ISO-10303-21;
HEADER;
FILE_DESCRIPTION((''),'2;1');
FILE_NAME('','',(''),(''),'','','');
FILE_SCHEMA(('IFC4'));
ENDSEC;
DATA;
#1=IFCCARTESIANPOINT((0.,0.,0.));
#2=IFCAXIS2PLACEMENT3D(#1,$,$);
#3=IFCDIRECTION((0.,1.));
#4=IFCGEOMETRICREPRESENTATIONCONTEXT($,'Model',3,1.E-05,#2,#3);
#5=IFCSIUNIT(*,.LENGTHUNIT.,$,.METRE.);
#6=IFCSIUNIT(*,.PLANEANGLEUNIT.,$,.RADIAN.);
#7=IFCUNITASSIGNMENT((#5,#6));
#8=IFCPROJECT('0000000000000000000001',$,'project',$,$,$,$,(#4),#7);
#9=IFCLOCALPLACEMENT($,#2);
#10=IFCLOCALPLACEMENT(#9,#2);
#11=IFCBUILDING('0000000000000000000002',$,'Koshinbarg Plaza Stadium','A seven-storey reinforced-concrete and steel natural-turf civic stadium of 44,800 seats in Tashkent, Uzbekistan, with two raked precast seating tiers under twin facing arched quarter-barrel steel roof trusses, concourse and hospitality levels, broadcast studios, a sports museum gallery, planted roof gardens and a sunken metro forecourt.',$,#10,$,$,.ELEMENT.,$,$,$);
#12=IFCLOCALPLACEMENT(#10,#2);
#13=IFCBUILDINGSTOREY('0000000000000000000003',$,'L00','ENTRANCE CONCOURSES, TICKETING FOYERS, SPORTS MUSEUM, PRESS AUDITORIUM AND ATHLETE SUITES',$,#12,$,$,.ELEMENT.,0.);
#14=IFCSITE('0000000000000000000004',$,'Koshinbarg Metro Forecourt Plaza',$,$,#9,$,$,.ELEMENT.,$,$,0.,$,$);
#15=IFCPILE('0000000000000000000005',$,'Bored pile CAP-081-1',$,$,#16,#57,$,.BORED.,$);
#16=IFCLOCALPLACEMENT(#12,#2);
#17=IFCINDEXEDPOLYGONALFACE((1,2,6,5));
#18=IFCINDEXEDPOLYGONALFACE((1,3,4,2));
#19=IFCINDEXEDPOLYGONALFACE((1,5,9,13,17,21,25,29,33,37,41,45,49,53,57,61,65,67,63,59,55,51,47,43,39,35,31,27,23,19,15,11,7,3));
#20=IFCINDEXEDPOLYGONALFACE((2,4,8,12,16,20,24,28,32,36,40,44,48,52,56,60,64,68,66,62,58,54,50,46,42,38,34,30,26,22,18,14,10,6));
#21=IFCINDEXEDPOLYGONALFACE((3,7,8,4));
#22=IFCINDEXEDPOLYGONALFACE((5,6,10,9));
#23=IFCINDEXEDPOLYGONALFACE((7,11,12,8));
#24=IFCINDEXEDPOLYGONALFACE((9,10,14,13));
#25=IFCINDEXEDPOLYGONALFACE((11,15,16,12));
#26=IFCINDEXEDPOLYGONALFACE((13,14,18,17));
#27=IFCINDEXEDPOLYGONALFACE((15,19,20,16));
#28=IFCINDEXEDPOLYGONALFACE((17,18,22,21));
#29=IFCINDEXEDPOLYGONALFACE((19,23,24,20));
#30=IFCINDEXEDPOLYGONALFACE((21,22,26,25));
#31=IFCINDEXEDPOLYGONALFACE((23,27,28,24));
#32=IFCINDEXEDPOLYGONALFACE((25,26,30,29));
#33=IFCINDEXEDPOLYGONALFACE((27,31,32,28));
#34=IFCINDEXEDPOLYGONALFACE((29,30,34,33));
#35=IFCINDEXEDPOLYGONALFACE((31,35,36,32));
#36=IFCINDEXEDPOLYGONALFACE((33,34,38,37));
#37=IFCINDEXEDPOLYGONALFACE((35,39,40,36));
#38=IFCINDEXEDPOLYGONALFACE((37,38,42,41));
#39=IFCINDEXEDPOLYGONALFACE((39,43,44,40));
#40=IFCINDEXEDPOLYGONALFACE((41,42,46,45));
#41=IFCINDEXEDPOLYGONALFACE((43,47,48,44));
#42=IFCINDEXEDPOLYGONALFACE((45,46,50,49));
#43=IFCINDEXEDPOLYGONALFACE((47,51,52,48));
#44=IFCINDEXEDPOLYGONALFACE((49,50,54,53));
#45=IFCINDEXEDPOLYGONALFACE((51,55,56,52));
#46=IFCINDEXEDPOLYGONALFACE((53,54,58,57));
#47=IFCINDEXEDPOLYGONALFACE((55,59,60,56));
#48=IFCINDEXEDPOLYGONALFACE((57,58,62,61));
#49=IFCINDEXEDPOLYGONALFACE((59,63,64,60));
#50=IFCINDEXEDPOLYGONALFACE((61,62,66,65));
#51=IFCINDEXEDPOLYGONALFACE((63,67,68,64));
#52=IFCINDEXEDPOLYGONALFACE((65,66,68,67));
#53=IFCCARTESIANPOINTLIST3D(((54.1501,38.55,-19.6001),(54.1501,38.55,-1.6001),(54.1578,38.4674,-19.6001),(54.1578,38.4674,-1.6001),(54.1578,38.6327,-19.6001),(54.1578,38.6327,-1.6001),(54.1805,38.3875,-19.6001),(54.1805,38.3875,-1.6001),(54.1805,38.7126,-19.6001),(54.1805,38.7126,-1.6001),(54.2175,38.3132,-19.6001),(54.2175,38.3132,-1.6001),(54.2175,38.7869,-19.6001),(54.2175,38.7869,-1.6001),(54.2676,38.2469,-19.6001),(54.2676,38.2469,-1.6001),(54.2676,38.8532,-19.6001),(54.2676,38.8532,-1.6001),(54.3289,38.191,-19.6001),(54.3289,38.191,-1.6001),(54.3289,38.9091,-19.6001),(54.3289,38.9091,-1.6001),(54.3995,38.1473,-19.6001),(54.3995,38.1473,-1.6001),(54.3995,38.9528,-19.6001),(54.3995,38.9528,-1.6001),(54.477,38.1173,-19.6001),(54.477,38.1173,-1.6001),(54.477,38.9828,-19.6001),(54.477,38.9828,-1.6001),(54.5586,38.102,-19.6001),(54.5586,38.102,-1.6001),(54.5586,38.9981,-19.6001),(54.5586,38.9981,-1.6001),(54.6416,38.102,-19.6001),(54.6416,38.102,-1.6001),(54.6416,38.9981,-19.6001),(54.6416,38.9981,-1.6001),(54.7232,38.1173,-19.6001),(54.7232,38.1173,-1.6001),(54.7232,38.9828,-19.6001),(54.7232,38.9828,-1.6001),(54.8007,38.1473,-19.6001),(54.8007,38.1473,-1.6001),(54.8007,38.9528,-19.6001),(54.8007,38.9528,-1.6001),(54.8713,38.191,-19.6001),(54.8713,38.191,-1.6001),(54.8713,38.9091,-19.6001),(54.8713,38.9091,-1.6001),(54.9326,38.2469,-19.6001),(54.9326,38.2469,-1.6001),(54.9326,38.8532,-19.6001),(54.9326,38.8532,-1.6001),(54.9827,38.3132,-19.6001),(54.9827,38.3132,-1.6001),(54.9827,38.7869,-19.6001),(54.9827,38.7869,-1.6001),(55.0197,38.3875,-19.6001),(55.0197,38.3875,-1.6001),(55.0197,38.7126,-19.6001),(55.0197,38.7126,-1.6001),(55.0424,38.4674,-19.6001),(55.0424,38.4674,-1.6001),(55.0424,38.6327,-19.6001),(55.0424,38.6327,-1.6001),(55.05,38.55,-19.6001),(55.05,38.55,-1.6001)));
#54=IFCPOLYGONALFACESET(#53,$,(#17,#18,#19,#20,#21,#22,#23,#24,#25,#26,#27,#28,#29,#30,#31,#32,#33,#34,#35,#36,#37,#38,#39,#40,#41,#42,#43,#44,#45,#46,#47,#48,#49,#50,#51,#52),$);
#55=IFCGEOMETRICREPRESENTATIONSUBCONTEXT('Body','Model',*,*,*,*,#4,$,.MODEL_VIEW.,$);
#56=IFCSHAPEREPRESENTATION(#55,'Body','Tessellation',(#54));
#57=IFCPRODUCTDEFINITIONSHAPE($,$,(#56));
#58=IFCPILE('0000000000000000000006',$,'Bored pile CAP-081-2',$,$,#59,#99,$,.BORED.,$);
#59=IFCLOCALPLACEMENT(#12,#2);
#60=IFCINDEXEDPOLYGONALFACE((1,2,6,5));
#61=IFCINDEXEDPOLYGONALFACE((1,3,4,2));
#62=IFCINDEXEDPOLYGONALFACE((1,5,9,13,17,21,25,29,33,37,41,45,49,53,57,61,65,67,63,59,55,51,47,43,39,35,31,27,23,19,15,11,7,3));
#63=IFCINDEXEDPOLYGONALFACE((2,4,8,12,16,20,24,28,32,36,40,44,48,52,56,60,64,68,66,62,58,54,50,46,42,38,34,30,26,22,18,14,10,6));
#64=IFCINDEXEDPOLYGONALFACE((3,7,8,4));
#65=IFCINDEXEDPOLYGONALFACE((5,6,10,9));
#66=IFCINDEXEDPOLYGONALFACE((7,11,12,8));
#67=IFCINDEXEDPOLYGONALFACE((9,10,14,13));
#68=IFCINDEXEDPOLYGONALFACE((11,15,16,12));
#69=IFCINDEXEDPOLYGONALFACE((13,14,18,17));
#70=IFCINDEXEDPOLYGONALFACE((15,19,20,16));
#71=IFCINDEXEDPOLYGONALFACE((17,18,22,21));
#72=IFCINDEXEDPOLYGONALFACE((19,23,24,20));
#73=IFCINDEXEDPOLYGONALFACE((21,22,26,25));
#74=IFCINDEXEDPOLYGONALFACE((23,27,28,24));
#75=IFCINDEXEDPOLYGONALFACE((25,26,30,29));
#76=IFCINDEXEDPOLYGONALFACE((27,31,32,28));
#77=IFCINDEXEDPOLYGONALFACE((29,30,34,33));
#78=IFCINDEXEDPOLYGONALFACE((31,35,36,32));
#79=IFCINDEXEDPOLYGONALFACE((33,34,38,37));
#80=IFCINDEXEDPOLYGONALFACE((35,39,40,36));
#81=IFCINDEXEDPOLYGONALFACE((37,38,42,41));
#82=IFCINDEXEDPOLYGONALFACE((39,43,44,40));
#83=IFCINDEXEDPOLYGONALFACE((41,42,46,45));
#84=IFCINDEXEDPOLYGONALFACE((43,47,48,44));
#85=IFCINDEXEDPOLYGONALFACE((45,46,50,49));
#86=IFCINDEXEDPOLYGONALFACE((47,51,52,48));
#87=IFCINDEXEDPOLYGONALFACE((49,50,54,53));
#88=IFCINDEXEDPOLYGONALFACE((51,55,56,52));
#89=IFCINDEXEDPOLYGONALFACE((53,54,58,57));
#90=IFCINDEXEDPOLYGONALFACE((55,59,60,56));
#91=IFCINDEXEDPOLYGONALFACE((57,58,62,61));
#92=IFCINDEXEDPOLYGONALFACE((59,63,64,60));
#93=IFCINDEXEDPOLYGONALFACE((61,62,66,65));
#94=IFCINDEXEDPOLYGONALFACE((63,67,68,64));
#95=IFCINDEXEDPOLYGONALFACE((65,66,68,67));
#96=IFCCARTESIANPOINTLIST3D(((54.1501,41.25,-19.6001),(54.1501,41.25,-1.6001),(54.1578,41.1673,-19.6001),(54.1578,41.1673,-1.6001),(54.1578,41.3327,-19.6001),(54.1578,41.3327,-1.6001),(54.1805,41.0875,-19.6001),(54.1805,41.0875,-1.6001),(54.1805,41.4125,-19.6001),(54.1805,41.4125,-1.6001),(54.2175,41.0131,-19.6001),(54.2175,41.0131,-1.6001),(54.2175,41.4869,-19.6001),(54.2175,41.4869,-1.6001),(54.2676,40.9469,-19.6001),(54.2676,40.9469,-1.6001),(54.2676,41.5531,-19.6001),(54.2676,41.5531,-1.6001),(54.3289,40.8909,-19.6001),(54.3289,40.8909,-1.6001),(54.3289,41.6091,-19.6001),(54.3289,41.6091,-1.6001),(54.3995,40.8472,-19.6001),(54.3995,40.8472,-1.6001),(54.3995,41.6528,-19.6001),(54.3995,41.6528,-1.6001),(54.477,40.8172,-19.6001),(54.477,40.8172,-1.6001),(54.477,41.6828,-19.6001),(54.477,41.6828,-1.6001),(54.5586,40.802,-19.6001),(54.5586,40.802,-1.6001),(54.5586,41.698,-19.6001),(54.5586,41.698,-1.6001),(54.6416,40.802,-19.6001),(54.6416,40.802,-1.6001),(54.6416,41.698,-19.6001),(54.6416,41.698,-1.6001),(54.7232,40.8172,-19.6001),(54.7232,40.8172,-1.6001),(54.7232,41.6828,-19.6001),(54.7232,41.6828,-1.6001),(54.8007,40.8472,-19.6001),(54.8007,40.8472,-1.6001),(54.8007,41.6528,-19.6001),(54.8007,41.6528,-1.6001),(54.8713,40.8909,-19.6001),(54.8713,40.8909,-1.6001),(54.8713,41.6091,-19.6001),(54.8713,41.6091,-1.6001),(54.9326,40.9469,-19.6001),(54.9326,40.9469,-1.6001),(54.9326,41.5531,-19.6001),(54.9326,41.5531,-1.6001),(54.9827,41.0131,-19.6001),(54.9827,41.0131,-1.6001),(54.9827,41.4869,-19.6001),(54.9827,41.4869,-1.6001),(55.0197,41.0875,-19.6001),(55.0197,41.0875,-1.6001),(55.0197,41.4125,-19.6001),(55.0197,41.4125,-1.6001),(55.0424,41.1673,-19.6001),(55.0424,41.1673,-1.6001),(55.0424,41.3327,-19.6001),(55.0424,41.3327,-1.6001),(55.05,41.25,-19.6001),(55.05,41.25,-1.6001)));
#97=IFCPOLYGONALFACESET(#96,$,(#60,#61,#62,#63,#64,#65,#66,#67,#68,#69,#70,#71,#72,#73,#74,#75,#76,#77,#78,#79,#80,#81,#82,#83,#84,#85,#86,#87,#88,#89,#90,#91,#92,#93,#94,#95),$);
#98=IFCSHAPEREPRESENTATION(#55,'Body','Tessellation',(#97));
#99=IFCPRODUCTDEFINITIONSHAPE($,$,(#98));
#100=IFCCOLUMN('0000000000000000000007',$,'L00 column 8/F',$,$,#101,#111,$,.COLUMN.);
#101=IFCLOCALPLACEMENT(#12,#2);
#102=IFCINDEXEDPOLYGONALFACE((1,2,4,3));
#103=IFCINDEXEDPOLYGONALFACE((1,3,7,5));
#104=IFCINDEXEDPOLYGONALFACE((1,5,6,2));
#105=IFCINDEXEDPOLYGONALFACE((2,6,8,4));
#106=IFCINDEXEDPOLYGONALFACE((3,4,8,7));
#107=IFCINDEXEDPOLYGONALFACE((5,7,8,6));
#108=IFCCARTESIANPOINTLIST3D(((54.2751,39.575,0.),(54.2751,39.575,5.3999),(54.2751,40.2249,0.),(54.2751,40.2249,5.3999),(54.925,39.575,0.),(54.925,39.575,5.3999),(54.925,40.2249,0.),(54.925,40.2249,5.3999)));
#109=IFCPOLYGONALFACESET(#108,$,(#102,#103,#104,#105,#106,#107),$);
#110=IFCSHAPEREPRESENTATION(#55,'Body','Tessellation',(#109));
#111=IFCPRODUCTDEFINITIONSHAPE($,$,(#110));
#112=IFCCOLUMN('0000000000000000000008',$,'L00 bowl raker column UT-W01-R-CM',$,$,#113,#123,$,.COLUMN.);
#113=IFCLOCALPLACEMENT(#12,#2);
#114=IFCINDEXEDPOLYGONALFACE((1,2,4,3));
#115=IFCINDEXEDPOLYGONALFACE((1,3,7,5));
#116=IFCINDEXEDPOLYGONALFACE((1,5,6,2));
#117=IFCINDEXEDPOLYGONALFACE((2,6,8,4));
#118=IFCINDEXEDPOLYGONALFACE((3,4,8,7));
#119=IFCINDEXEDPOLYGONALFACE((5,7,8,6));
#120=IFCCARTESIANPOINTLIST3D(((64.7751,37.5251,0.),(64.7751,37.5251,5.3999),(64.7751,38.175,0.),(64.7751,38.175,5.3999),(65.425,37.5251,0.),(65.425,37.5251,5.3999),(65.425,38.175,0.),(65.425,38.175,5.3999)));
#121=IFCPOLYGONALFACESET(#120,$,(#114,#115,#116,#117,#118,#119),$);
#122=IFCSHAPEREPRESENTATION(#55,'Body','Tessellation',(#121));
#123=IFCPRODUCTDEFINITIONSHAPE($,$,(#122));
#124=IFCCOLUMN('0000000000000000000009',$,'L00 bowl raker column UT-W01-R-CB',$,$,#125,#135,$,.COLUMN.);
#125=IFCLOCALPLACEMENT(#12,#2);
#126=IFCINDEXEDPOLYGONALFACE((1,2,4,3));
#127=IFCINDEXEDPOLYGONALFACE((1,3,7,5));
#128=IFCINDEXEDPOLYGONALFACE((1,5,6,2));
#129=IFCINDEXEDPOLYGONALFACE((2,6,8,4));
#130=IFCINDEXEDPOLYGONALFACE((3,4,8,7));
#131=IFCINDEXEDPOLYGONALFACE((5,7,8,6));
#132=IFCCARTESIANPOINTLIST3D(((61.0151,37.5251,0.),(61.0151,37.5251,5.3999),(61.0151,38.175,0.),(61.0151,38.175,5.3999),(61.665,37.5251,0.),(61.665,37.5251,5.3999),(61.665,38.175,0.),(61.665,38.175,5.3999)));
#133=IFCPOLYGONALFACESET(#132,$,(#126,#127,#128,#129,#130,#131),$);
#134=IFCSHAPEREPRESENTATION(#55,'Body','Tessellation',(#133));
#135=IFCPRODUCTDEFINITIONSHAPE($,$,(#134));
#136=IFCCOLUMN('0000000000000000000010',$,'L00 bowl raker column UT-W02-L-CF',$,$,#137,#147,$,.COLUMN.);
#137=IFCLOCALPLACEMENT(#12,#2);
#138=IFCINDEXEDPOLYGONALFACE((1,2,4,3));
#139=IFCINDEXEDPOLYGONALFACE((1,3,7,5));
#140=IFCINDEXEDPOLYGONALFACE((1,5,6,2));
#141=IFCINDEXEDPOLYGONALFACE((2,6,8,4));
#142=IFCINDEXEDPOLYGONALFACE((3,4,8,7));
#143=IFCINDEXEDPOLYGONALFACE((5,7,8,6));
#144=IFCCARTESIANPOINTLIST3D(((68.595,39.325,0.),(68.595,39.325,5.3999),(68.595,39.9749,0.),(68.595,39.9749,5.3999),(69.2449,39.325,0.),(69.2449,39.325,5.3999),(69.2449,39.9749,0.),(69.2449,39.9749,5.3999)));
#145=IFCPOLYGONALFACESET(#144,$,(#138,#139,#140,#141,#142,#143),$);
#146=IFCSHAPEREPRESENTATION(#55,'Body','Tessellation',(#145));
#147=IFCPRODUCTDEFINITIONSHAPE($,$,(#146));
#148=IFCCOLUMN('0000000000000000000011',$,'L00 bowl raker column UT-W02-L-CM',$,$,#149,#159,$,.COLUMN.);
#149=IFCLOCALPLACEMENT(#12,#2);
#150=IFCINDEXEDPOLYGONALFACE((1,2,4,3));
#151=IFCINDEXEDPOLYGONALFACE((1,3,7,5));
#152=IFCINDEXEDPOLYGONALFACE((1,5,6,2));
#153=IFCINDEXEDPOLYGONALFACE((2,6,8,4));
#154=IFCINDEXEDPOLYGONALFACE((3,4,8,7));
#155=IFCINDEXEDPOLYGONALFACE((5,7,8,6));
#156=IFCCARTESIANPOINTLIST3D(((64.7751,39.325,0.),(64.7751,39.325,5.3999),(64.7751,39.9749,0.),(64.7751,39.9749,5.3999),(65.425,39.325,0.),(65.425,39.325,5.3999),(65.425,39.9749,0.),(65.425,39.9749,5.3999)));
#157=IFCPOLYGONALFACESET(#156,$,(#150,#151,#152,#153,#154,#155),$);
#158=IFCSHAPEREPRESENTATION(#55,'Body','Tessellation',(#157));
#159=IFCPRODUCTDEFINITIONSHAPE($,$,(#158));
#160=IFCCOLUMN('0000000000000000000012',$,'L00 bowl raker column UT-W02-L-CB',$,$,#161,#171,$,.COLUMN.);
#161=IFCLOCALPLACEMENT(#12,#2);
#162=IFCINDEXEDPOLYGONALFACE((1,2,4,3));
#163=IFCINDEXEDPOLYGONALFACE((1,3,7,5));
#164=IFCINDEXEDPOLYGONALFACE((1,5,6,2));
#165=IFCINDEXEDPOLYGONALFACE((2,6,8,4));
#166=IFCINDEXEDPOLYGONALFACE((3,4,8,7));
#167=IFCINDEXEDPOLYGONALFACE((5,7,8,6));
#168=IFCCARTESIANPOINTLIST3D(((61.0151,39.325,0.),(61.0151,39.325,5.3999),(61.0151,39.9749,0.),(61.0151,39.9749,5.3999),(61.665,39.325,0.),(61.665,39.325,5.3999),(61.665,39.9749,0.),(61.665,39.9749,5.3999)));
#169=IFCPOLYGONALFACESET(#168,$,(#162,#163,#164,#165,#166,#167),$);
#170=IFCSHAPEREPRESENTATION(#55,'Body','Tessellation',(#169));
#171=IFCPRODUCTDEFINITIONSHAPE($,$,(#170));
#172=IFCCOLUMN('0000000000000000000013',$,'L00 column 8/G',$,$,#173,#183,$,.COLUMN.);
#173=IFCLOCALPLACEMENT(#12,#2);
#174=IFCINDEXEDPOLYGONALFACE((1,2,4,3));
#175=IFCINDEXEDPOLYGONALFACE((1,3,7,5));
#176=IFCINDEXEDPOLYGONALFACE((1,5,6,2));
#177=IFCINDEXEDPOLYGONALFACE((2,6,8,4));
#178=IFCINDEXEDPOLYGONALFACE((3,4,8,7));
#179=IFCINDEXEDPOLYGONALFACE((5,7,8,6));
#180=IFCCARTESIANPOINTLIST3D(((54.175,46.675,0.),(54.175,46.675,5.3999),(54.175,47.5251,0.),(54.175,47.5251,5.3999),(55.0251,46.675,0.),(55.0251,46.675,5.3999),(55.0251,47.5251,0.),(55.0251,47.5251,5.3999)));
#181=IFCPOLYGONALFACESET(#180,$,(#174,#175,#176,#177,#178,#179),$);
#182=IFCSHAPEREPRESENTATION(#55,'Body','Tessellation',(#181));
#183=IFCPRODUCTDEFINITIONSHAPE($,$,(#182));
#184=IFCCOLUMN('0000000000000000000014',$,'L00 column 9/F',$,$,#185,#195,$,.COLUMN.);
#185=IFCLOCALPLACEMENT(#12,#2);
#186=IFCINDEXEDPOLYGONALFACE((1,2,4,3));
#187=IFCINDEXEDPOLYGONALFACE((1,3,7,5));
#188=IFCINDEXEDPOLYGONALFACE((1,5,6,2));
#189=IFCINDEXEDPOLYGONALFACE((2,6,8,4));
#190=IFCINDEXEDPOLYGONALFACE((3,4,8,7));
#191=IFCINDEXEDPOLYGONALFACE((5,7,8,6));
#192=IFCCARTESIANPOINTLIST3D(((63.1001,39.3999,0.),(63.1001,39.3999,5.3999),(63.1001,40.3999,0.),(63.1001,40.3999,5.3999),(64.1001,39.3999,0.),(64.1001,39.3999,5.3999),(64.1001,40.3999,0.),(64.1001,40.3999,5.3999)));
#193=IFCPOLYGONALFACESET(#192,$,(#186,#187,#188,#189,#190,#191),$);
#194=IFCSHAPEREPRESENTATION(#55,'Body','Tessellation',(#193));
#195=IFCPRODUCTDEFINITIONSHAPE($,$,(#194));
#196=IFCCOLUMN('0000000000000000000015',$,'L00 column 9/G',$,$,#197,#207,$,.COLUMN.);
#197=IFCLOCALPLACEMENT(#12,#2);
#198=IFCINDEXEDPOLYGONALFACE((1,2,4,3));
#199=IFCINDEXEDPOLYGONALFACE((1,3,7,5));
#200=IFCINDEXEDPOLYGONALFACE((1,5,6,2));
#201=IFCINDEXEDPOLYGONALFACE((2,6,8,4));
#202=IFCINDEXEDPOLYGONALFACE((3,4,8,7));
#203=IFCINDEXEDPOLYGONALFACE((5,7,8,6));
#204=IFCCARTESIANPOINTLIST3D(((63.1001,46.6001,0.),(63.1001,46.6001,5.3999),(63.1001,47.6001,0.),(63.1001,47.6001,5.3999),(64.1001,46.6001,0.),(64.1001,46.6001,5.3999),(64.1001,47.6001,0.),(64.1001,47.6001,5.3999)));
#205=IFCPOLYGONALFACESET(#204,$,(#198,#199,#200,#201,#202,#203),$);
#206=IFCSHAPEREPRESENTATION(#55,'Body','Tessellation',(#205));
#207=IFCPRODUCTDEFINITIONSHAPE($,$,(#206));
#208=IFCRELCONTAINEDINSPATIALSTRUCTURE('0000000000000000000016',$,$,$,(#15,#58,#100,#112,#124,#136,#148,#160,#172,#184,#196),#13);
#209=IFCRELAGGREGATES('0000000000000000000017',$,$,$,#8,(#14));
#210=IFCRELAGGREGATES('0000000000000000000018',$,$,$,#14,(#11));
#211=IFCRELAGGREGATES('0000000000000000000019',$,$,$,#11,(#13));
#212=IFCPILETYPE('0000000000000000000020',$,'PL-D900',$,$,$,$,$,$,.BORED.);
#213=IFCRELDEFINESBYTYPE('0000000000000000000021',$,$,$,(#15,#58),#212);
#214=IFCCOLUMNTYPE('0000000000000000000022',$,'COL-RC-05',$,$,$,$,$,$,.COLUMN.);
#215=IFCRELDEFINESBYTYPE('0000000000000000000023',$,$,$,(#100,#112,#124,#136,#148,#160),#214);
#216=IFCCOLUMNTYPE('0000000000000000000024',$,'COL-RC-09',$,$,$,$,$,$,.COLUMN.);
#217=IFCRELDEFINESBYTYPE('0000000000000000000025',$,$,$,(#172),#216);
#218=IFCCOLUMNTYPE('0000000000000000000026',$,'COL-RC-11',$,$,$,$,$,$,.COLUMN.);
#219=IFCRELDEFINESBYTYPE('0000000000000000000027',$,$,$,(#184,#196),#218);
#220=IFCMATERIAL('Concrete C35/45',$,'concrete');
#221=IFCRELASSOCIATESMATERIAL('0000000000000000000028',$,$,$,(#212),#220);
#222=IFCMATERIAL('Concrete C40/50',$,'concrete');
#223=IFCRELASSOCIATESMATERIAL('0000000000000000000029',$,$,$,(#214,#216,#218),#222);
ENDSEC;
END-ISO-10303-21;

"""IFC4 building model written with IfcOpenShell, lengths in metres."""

from ifc_helpers import new_model, si_unit, direction, frame, origin, origin_2d, place, context, subcontext, project, spatial, rectangle, circle, extrude, material, material_profile, profile_set, type_object, element, save


model = new_model("IFC4")

# Units and contexts
model_context = context("Model", 3, precision=1e-05, world=origin(), true_north=direction((0.0, 1.0)))
body_context = subcontext(model_context, "Body", "Model", "MODEL_VIEW")
ifc_project = project(units=[si_unit("LENGTHUNIT", "METRE"), si_unit("PLANEANGLEUNIT", "RADIAN")], contexts=[model_context])

# Site, building, storey
site_placement = place(None, origin())
site = spatial("IfcSite", under=ifc_project, at=site_placement, Name="Koshinbarg Metro Forecourt Plaza", CompositionType="ELEMENT", RefElevation=0.0)
building_placement = place(site_placement, origin())
building = spatial("IfcBuilding", under=site, at=building_placement, Name="Koshinbarg Plaza Stadium", Description="A seven-storey reinforced-concrete and steel natural-turf civic stadium of 44,800 seats in Tashkent, Uzbekistan, with two raked precast seating tiers under twin facing arched quarter-barrel steel roof trusses, concourse and hospitality levels, broadcast studios, a sports museum gallery, planted roof gardens and a sunken metro forecourt.", CompositionType="ELEMENT")
storey_placement = place(building_placement, origin())
storey = spatial("IfcBuildingStorey", under=building, at=storey_placement, Name="L00", Description="ENTRANCE CONCOURSES, TICKETING FOYERS, SPORTS MUSEUM, PRESS AUDITORIUM AND ATHLETE SUITES", CompositionType="ELEMENT", Elevation=0.0)

# Shared definitions
ifc_material_1 = material(Name="Concrete C35/45", Category="concrete")

# Piles
ifc_material_profile_1 = material_profile(ifc_material_1, circle(Radius=0.45, at=origin_2d()), Name="PILE D900")
ifc_profile_set_1 = profile_set([ifc_material_profile_1], Name="Concrete C35/45")
pile_type_1 = type_object("IfcPileType", Name="PL-D900", PredefinedType="BORED", material=ifc_profile_set_1)
for number, where, z_axis, x_axis, name in (
    (1, (54.6001, 38.55, -1.6001), (0.0, 0.0, -1.0), (1.0, 0.0, 0.0), "Bored pile CAP-081-1"),
    (2, (54.6001, 41.25, -1.6001), (0.0, 0.0, -1.0), (1.0, 0.0, 0.0), "Bored pile CAP-081-2"),
):
    element("IfcPile", number, at=place(storey_placement, frame(where, z_axis=z_axis, x_axis=x_axis)), inside=storey, type_object=pile_type_1, Name=name, PredefinedType="BORED", context=body_context, shape_type="SweptSolid", body=[
        extrude(circle(Radius=0.45, at=origin_2d()), origin(), (0.0, 0.0, 1.0), 18.0),
    ])

# Columns
ifc_material_2 = material(Name="Concrete C40/50", Category="concrete")
ifc_material_profile_2 = material_profile(ifc_material_2, rectangle(XDim=0.6499, YDim=0.6499, at=origin_2d()), Name="RC 650x650")
ifc_profile_set_2 = profile_set([ifc_material_profile_2], Name="Concrete C40/50")
column_type_1 = type_object("IfcColumnType", Name="COL-RC-05", PredefinedType="COLUMN", material=ifc_profile_set_2)
for number, where, z_axis, x_axis, name in (
    (3, (54.6001, 39.8999, 0.0), (0.0, 0.0, 1.0), (1.0, 0.0, 0.0), "L00 column 8/F"),
    (4, (65.1001, 37.8501, 0.0), (0.0, 0.0, 1.0), (1.0, 0.0, 0.0), "L00 bowl raker column UT-W01-R-CM"),
    (5, (61.3401, 37.8501, 0.0), (0.0, 0.0, 1.0), (1.0, 0.0, 0.0), "L00 bowl raker column UT-W01-R-CB"),
    (6, (68.9199, 39.6499, 0.0), (0.0, 0.0, 1.0), (1.0, 0.0, 0.0), "L00 bowl raker column UT-W02-L-CF"),
    (7, (65.1001, 39.6499, 0.0), (0.0, 0.0, 1.0), (1.0, 0.0, 0.0), "L00 bowl raker column UT-W02-L-CM"),
    (8, (61.3401, 39.6499, 0.0), (0.0, 0.0, 1.0), (1.0, 0.0, 0.0), "L00 bowl raker column UT-W02-L-CB"),
):
    element("IfcColumn", number, at=place(storey_placement, frame(where, z_axis=z_axis, x_axis=x_axis)), inside=storey, type_object=column_type_1, Name=name, PredefinedType="COLUMN", context=body_context, shape_type="SweptSolid", body=[
        extrude(rectangle(XDim=0.6499, YDim=0.6499, at=origin_2d()), origin(), (0.0, 0.0, 1.0), 5.3999),
    ])
ifc_material_profile_3 = material_profile(ifc_material_2, rectangle(XDim=0.8501, YDim=0.8501, at=origin_2d()), Name="RC 850x850")
ifc_profile_set_3 = profile_set([ifc_material_profile_3], Name="Concrete C40/50")
column_type_2 = type_object("IfcColumnType", Name="COL-RC-09", PredefinedType="COLUMN", material=ifc_profile_set_3)
column_placement = place(storey_placement, frame((54.6001, 47.1001, 0.0), z_axis=(0.0, 0.0, 1.0), x_axis=(1.0, 0.0, 0.0)))
element("IfcColumn", 9, at=column_placement, inside=storey, type_object=column_type_2, Name="L00 column 8/G", PredefinedType="COLUMN", context=body_context, shape_type="SweptSolid", body=[
    extrude(rectangle(XDim=0.8501, YDim=0.8501, at=origin_2d()), origin(), (0.0, 0.0, 1.0), 5.3999),
])
ifc_material_profile_4 = material_profile(ifc_material_2, rectangle(XDim=1.0, YDim=1.0, at=origin_2d()), Name="RC 1000x1000")
ifc_profile_set_4 = profile_set([ifc_material_profile_4], Name="Concrete C40/50")
column_type_3 = type_object("IfcColumnType", Name="COL-RC-11", PredefinedType="COLUMN", material=ifc_profile_set_4)
for number, where, z_axis, x_axis, name in (
    (10, (63.6001, 39.8999, 0.0), (0.0, 0.0, 1.0), (1.0, 0.0, 0.0), "L00 column 9/F"),
    (11, (63.6001, 47.1001, 0.0), (0.0, 0.0, 1.0), (1.0, 0.0, 0.0), "L00 column 9/G"),
):
    element("IfcColumn", number, at=place(storey_placement, frame(where, z_axis=z_axis, x_axis=x_axis)), inside=storey, type_object=column_type_3, Name=name, PredefinedType="COLUMN", context=body_context, shape_type="SweptSolid", body=[
        extrude(rectangle(XDim=1.0, YDim=1.0, at=origin_2d()), origin(), (0.0, 0.0, 1.0), 5.3999),
    ])

save(model, "model.ifc")
